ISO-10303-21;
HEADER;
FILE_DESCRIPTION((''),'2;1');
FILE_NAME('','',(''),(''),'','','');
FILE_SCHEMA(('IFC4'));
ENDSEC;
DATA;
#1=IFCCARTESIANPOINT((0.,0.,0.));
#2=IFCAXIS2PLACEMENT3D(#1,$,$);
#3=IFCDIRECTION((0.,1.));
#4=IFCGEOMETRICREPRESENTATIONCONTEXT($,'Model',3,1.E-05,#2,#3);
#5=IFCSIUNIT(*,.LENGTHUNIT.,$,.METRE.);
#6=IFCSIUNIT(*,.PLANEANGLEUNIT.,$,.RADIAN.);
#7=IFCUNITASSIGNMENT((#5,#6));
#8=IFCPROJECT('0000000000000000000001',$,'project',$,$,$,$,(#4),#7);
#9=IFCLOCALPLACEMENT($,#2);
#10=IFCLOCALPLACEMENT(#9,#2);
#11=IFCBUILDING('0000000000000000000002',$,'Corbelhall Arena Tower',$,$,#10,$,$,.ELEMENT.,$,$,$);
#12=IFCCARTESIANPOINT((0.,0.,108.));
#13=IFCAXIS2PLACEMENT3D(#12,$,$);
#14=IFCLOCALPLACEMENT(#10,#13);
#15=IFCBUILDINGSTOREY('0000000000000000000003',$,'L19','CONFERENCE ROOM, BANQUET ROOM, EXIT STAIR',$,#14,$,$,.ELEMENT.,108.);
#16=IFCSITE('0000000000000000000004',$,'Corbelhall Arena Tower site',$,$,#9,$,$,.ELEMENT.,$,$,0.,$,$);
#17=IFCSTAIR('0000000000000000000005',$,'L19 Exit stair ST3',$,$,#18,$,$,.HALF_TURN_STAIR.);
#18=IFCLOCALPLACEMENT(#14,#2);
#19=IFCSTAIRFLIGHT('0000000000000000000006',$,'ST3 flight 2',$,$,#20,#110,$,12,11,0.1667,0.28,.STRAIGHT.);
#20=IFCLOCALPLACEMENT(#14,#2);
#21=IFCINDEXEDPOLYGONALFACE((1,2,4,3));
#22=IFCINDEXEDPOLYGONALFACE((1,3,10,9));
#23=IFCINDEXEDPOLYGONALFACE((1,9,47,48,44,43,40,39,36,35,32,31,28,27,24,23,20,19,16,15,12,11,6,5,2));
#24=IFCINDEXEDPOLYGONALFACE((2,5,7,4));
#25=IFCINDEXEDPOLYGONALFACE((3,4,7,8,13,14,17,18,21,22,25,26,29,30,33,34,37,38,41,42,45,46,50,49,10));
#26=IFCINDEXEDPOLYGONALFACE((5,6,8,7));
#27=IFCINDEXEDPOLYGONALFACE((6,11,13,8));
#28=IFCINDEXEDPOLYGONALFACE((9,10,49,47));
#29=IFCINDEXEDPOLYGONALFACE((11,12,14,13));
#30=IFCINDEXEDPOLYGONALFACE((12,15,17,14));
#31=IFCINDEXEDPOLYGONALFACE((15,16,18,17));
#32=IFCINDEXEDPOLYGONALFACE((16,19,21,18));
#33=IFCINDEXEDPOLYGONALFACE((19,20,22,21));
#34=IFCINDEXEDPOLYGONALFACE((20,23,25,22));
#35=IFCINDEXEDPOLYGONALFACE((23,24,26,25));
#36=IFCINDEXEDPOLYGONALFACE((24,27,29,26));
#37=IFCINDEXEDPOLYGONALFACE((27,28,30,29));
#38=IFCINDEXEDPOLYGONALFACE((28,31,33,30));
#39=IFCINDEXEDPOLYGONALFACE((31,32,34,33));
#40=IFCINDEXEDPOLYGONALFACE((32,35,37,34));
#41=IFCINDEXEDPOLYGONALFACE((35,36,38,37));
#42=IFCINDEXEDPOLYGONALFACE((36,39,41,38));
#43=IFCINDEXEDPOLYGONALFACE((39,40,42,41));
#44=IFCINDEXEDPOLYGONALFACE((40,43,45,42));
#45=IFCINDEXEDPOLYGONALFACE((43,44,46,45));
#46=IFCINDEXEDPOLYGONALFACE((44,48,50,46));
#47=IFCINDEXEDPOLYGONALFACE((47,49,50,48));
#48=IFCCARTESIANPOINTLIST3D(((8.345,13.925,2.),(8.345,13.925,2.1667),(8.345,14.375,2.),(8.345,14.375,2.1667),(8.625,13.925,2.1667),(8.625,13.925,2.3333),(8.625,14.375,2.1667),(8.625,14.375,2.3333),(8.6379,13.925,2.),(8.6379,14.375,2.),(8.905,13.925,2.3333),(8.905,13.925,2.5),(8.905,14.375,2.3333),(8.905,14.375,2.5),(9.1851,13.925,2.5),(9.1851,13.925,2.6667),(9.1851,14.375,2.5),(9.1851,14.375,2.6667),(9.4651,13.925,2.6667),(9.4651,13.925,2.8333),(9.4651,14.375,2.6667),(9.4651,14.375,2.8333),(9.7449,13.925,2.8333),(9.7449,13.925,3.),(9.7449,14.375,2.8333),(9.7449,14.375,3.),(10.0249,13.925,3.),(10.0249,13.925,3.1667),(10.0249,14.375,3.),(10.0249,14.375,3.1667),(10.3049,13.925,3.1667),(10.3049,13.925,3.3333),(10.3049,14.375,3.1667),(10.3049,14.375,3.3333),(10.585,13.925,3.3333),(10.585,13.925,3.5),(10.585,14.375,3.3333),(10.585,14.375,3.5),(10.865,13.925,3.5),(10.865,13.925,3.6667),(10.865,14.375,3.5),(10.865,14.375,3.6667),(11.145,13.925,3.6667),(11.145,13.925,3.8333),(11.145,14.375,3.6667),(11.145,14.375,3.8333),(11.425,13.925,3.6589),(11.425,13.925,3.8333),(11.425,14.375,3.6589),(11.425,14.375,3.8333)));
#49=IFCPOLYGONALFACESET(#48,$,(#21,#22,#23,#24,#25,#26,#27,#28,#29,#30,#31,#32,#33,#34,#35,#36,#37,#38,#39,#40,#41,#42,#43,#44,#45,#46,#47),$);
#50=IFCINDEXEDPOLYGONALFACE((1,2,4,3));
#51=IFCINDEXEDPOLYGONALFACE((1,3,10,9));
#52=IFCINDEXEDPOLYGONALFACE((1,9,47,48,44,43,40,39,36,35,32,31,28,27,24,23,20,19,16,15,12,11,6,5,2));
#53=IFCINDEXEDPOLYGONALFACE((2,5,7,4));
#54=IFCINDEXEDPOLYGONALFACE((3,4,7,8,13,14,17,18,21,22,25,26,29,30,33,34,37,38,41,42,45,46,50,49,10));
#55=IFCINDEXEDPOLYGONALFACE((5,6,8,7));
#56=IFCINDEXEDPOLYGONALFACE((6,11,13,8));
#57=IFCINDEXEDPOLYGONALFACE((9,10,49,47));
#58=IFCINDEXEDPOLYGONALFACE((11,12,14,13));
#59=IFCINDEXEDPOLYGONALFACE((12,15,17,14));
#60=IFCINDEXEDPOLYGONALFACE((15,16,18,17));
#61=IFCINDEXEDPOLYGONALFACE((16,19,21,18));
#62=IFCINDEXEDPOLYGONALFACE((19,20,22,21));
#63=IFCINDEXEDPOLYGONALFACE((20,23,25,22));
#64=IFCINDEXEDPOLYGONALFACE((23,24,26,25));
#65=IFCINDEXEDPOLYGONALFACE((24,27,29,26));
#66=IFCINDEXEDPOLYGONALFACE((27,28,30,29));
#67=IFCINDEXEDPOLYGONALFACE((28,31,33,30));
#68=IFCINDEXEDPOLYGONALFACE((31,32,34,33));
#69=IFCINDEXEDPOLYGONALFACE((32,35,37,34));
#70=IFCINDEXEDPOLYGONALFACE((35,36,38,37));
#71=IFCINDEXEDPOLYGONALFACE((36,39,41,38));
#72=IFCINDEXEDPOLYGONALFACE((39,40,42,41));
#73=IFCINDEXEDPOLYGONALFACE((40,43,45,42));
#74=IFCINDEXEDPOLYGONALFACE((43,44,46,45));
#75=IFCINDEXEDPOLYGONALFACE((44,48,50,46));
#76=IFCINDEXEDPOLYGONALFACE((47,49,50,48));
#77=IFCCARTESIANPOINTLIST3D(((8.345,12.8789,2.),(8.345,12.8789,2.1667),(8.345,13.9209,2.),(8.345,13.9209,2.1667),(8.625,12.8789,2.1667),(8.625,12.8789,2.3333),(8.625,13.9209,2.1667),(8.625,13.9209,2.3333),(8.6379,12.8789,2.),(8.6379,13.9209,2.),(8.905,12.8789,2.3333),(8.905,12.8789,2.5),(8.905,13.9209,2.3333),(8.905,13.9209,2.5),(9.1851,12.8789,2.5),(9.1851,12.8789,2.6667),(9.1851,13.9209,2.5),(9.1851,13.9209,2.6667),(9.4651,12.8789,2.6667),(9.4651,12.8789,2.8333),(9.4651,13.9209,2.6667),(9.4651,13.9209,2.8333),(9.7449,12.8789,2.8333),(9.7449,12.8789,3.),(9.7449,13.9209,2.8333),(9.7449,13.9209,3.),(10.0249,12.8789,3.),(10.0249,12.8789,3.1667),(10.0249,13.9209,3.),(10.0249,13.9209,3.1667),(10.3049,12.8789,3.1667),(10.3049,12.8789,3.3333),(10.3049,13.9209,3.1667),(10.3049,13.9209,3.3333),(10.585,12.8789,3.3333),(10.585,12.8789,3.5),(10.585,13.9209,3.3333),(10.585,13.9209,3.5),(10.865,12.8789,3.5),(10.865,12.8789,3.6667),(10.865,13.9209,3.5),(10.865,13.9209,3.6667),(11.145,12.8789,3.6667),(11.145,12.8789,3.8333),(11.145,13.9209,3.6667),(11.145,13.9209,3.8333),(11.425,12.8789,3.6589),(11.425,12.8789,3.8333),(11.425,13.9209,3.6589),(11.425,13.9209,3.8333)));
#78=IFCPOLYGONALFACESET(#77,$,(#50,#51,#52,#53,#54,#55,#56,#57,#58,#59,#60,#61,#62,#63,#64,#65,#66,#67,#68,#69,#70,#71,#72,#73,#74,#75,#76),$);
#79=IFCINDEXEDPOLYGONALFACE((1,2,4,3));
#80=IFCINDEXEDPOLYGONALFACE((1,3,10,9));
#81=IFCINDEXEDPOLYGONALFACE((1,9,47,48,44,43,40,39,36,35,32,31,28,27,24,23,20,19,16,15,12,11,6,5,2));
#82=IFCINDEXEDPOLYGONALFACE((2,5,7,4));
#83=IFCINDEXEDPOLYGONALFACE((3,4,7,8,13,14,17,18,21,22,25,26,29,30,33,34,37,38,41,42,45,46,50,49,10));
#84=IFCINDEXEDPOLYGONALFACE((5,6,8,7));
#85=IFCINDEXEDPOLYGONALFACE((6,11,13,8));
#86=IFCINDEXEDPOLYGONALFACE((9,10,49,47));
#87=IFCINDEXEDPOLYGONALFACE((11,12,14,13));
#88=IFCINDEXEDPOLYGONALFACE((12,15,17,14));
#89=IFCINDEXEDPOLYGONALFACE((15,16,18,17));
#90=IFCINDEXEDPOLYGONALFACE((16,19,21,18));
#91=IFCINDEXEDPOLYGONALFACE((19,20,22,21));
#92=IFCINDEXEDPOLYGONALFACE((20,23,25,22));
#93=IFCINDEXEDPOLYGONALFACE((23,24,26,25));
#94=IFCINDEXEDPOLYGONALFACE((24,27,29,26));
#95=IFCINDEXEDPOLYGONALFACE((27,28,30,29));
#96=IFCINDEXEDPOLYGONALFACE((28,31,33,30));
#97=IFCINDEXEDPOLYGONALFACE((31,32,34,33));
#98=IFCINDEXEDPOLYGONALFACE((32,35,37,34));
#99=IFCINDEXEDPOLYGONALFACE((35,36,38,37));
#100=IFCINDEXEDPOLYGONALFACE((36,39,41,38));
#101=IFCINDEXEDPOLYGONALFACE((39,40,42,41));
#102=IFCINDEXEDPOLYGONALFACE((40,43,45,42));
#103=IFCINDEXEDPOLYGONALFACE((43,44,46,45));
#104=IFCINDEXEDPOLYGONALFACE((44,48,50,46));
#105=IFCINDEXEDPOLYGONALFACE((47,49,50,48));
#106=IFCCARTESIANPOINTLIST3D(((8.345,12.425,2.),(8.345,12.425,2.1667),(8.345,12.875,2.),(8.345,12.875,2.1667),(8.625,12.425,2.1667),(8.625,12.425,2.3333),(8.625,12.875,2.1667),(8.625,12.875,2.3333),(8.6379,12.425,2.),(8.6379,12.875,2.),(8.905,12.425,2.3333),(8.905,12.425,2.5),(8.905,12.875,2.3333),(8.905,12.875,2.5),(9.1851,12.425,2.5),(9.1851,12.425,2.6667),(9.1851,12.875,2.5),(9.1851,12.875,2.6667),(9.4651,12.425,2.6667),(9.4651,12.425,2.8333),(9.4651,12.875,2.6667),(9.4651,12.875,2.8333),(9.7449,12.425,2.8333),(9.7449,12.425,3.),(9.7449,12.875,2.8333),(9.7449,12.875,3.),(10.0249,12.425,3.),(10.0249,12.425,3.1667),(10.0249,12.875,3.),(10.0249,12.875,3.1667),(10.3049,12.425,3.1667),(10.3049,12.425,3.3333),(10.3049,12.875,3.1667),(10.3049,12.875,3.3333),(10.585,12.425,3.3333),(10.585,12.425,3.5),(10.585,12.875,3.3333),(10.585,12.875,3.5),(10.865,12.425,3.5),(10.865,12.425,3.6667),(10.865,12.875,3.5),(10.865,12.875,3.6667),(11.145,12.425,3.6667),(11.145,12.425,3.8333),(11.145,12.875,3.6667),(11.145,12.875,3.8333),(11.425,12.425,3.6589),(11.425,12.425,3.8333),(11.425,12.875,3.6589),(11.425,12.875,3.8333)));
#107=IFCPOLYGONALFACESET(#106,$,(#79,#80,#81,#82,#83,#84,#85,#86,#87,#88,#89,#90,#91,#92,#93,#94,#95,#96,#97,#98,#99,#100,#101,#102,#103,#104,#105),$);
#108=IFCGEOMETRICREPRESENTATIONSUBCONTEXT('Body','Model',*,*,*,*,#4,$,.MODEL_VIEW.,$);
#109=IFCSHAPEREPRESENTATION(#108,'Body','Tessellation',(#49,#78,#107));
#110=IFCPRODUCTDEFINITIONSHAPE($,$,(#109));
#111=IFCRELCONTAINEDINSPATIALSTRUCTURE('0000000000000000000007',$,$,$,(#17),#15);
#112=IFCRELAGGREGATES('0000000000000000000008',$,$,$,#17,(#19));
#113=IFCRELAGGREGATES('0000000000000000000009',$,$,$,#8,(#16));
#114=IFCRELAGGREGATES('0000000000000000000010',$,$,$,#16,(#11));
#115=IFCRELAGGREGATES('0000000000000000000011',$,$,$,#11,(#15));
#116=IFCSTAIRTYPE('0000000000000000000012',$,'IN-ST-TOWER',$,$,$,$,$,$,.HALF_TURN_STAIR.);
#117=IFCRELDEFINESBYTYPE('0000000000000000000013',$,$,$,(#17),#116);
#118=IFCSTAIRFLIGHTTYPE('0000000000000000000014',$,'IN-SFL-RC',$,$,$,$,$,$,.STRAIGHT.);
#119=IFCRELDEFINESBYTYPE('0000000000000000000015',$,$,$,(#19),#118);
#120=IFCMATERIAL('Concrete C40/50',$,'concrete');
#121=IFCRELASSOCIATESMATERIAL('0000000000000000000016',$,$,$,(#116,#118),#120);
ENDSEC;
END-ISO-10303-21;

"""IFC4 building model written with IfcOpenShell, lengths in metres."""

from ifc_helpers import new_model, si_unit, direction, frame, origin, place, context, subcontext, project, spatial, polyline, outline, extrude, material, type_object, element, aggregate, save


model = new_model("IFC4")

# Units and contexts
model_context = context("Model", 3, precision=1e-05, world=origin(), true_north=direction((0.0, 1.0)))
body_context = subcontext(model_context, "Body", "Model", "MODEL_VIEW")
ifc_project = project(units=[si_unit("LENGTHUNIT", "METRE"), si_unit("PLANEANGLEUNIT", "RADIAN")], contexts=[model_context])

# Site, building, storey
site_placement = place(None, origin())
site = spatial("IfcSite", under=ifc_project, at=site_placement, Name="Corbelhall Arena Tower site", CompositionType="ELEMENT", RefElevation=0.0)
building_placement = place(site_placement, origin())
building = spatial("IfcBuilding", under=site, at=building_placement, Name="Corbelhall Arena Tower", CompositionType="ELEMENT")
storey_placement = place(building_placement, frame((0.0, 0.0, 108.0)))
storey = spatial("IfcBuildingStorey", under=building, at=storey_placement, Name="L19", Description="CONFERENCE ROOM, BANQUET ROOM, EXIT STAIR", CompositionType="ELEMENT", Elevation=108.0)

# Shared definitions
ifc_material_1 = material(Name="Concrete C40/50", Category="concrete")

# Stair, stair flight
stair_type = type_object("IfcStairType", Name="IN-ST-TOWER", PredefinedType="HALF_TURN_STAIR", material=ifc_material_1)
stair_placement = place(storey_placement, origin())
stair = element("IfcStair", 1, at=stair_placement, inside=storey, type_object=stair_type, Name="L19 Exit stair ST3", PredefinedType="HALF_TURN_STAIR")
stair_flight_type = type_object("IfcStairFlightType", Name="IN-SFL-RC", PredefinedType="STRAIGHT", material=ifc_material_1)
stair_flight_1_placement = place(storey_placement, frame((8.345, 13.3999, 2.0), z_axis=(0.0, 0.0, 1.0), x_axis=(1.0, 0.0, 0.0)))
stair_flight_1 = element("IfcStairFlight", 2, at=stair_flight_1_placement, type_object=stair_flight_type, Name="ST3 flight 2", NumberOfRisers=12, NumberOfTreads=11, PredefinedType="STRAIGHT", RiserHeight=0.1667, TreadLength=0.28, context=body_context, shape_type="SweptSolid", body=[
    extrude(outline(polyline([(0.0, 0.0), (0.0, 0.1667), (0.28, 0.1667), (0.28, 0.3333), (0.5601, 0.3333), (0.5601, 0.5), (0.8401, 0.5), (0.8401, 0.6667), (1.1201, 0.6667), (1.1201, 0.8333), (1.3999, 0.8333), (1.3999, 1.0), (1.6799, 1.0), (1.6799, 1.1667), (1.96, 1.1667), (1.96, 1.3333), (2.24, 1.3333), (2.24, 1.5), (2.52, 1.5), (2.52, 1.6667), (2.8, 1.6667), (2.8, 1.8333), (3.0801, 1.8333), (3.0801, 2.0), (3.0801, 1.6589), (0.293, 0.0), (0.0, 0.0)])), frame((0.0, 0.9751, 0.0), z_axis=(0.0, -1.0, 0.0), x_axis=(1.0, 0.0, 0.0)), (0.0, 0.0, 1.0), 0.45),
    extrude(outline(polyline([(0.0, 0.0), (0.0, 0.1667), (0.28, 0.1667), (0.28, 0.3333), (0.5601, 0.3333), (0.5601, 0.5), (0.8401, 0.5), (0.8401, 0.6667), (1.1201, 0.6667), (1.1201, 0.8333), (1.3999, 0.8333), (1.3999, 1.0), (1.6799, 1.0), (1.6799, 1.1667), (1.96, 1.1667), (1.96, 1.3333), (2.24, 1.3333), (2.24, 1.5), (2.52, 1.5), (2.52, 1.6667), (2.8, 1.6667), (2.8, 1.8333), (3.0801, 1.8333), (3.0801, 2.0), (3.0801, 1.6589), (0.293, 0.0), (0.0, 0.0)])), frame((0.0, 0.521, 0.0), z_axis=(0.0, -1.0, 0.0), x_axis=(1.0, 0.0, 0.0)), (0.0, 0.0, 1.0), 1.042),
    extrude(outline(polyline([(0.0, 0.0), (0.0, 0.1667), (0.28, 0.1667), (0.28, 0.3333), (0.5601, 0.3333), (0.5601, 0.5), (0.8401, 0.5), (0.8401, 0.6667), (1.1201, 0.6667), (1.1201, 0.8333), (1.3999, 0.8333), (1.3999, 1.0), (1.6799, 1.0), (1.6799, 1.1667), (1.96, 1.1667), (1.96, 1.3333), (2.24, 1.3333), (2.24, 1.5), (2.52, 1.5), (2.52, 1.6667), (2.8, 1.6667), (2.8, 1.8333), (3.0801, 1.8333), (3.0801, 2.0), (3.0801, 1.6589), (0.293, 0.0), (0.0, 0.0)])), frame((0.0, -0.5249, 0.0), z_axis=(0.0, -1.0, 0.0), x_axis=(1.0, 0.0, 0.0)), (0.0, 0.0, 1.0), 0.45),
])
aggregate(stair, [stair_flight_1])

save(model, "model.ifc")
